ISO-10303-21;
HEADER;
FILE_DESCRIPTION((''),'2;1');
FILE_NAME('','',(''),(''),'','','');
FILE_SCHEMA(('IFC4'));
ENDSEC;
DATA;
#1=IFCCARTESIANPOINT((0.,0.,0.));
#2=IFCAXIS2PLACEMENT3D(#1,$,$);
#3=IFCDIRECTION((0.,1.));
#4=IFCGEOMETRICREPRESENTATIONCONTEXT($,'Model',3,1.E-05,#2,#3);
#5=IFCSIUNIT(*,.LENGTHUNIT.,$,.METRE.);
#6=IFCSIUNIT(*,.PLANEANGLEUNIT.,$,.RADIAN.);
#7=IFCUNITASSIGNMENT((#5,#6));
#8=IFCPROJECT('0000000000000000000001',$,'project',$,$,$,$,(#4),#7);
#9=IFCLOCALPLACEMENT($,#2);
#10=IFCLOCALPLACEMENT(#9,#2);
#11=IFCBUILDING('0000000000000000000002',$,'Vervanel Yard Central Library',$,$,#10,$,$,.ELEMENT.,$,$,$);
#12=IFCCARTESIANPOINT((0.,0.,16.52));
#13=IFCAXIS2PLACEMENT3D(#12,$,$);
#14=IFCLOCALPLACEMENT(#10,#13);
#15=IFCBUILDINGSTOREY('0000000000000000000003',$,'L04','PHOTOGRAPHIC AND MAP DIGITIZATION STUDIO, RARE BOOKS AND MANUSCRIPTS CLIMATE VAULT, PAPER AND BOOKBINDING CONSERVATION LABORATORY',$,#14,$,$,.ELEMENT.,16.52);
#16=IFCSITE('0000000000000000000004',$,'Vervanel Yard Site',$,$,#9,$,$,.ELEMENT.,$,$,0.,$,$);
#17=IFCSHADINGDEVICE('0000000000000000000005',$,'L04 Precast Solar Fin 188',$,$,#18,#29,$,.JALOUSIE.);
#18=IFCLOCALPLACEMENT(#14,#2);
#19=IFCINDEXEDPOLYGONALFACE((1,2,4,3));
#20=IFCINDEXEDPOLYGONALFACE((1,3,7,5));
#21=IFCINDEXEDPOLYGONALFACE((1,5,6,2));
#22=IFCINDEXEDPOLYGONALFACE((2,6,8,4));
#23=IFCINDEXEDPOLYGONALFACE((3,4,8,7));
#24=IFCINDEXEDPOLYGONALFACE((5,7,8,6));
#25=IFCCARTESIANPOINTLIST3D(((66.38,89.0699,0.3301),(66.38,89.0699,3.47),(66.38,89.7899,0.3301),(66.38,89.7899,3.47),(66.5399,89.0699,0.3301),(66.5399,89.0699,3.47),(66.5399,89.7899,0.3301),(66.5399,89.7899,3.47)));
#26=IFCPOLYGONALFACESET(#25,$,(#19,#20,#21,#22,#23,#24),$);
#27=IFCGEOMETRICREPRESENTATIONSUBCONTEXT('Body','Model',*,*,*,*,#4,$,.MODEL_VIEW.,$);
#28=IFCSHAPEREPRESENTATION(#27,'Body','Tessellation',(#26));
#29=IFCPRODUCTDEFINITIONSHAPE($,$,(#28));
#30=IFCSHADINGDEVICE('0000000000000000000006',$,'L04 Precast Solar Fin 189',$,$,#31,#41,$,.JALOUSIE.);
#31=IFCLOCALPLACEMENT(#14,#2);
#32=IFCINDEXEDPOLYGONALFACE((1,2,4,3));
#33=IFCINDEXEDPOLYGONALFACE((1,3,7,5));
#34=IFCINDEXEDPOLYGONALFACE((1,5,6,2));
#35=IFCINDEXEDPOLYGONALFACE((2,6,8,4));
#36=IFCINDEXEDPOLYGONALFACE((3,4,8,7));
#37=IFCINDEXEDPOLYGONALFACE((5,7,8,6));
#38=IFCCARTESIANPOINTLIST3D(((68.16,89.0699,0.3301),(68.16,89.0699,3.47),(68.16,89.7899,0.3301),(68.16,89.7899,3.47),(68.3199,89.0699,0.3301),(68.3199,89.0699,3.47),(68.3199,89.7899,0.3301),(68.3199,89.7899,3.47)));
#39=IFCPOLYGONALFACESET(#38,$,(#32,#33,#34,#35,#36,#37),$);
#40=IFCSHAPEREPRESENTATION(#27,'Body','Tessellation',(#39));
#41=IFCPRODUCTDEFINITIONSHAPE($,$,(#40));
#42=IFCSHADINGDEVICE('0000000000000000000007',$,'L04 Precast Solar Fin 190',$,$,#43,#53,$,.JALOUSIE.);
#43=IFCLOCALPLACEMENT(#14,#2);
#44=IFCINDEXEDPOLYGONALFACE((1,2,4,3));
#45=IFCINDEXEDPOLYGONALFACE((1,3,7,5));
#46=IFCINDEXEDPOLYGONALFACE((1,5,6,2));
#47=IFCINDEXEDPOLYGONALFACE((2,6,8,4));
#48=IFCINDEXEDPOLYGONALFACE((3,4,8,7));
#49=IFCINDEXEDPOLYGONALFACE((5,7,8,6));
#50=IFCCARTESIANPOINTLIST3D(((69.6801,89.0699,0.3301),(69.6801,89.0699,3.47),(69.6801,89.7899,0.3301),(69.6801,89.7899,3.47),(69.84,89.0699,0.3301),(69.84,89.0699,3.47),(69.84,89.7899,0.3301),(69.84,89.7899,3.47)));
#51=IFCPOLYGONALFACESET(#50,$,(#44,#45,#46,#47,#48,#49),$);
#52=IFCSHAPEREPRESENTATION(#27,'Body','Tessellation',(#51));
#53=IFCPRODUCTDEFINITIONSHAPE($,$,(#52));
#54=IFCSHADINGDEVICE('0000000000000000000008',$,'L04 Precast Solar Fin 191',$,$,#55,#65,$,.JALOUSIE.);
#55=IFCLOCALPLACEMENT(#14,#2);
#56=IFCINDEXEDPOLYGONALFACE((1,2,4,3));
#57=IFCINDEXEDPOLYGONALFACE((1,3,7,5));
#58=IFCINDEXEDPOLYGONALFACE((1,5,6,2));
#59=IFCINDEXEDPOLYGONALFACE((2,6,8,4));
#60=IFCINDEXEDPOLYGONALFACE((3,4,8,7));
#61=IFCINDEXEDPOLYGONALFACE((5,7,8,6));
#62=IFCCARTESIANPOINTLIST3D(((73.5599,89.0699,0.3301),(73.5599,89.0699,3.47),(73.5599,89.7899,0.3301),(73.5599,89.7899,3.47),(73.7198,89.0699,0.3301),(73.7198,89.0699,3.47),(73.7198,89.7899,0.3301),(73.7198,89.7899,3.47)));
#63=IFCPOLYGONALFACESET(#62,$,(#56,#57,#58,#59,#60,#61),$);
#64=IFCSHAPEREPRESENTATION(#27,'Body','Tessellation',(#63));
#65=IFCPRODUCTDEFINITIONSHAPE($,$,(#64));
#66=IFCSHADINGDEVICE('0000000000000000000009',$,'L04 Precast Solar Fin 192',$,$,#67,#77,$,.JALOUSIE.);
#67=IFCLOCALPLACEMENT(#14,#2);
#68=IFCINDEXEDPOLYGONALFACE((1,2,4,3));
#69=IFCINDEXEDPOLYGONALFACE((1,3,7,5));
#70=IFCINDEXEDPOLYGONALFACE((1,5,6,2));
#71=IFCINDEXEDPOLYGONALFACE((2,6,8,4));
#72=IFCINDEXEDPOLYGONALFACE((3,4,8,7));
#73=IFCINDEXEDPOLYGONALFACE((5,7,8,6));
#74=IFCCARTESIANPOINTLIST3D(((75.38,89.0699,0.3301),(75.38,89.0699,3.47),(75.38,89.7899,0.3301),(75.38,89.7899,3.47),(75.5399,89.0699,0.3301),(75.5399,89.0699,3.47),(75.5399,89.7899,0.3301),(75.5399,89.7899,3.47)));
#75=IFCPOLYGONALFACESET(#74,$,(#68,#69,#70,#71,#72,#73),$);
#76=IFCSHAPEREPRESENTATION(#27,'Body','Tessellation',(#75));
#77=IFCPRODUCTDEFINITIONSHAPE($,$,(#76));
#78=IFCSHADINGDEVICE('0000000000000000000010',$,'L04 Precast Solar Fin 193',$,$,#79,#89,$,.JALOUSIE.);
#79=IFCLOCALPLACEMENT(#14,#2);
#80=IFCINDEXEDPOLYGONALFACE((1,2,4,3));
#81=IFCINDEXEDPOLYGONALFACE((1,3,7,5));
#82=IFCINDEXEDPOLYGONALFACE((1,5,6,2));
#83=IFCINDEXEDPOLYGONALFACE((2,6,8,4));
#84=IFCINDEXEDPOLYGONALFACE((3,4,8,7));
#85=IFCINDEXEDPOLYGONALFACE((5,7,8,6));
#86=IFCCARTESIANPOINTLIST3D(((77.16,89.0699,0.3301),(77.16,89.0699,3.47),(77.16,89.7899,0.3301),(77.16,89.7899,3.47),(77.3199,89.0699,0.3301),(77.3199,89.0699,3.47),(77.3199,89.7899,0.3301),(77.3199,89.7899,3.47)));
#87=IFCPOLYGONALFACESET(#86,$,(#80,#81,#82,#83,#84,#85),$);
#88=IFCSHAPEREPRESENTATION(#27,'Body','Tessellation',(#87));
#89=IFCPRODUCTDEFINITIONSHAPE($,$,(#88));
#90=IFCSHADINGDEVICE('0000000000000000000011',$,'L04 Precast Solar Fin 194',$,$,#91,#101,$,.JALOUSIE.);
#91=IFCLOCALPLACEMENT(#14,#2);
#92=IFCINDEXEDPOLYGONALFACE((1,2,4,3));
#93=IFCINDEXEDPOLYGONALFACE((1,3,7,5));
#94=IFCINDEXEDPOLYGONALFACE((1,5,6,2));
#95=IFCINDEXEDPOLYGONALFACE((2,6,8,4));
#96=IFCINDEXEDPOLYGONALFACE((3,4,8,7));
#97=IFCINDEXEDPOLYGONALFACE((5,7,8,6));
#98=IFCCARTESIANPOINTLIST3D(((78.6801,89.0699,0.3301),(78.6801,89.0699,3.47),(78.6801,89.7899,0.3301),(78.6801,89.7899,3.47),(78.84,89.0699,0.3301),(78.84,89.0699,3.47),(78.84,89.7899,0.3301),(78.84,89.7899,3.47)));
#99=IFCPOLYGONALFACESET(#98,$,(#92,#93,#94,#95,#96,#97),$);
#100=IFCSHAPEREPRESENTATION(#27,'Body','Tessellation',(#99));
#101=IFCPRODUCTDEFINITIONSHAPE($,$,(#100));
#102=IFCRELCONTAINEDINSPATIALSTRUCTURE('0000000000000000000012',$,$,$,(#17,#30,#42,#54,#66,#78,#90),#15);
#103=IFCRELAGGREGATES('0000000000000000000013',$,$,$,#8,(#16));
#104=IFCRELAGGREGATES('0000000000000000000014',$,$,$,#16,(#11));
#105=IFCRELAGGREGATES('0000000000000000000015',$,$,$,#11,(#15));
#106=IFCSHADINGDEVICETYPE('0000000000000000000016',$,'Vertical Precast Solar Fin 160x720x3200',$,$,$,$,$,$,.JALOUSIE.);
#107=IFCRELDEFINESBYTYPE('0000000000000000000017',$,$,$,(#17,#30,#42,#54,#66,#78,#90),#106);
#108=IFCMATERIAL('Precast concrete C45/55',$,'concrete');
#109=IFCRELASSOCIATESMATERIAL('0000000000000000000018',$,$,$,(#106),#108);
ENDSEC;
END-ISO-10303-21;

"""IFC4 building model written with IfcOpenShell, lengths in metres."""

from ifc_helpers import new_model, si_unit, direction, frame, origin, origin_2d, place, context, subcontext, project, spatial, rectangle, extrude, material, type_object, element, save


model = new_model("IFC4")

# Units and contexts
model_context = context("Model", 3, precision=1e-05, world=origin(), true_north=direction((0.0, 1.0)))
body_context = subcontext(model_context, "Body", "Model", "MODEL_VIEW")
ifc_project = project(units=[si_unit("LENGTHUNIT", "METRE"), si_unit("PLANEANGLEUNIT", "RADIAN")], contexts=[model_context])

# Site, building, storey
site_placement = place(None, origin())
site = spatial("IfcSite", under=ifc_project, at=site_placement, Name="Vervanel Yard Site", CompositionType="ELEMENT", RefElevation=0.0)
building_placement = place(site_placement, origin())
building = spatial("IfcBuilding", under=site, at=building_placement, Name="Vervanel Yard Central Library", CompositionType="ELEMENT")
storey_placement = place(building_placement, frame((0.0, 0.0, 16.52)))
storey = spatial("IfcBuildingStorey", under=building, at=storey_placement, Name="L04", Description="PHOTOGRAPHIC AND MAP DIGITIZATION STUDIO, RARE BOOKS AND MANUSCRIPTS CLIMATE VAULT, PAPER AND BOOKBINDING CONSERVATION LABORATORY", CompositionType="ELEMENT", Elevation=16.52)

# Shading devices
ifc_material_1 = material(Name="Precast concrete C45/55", Category="concrete")
shading_device_type = type_object("IfcShadingDeviceType", Name="Vertical Precast Solar Fin 160x720x3200", PredefinedType="JALOUSIE", material=ifc_material_1)
for number, where, z_axis, x_axis, name in (
    (1, (66.46, 89.4299, 0.3301), (0.0, 0.0, 1.0), (1.0, 0.0, 0.0), "L04 Precast Solar Fin 188"),
    (2, (68.24, 89.4299, 0.3301), (0.0, 0.0, 1.0), (1.0, 0.0, 0.0), "L04 Precast Solar Fin 189"),
    (3, (69.76, 89.4299, 0.3301), (0.0, 0.0, 1.0), (1.0, 0.0, 0.0), "L04 Precast Solar Fin 190"),
    (4, (73.6399, 89.4299, 0.3301), (0.0, 0.0, 1.0), (1.0, 0.0, 0.0), "L04 Precast Solar Fin 191"),
    (5, (75.46, 89.4299, 0.3301), (0.0, 0.0, 1.0), (1.0, 0.0, 0.0), "L04 Precast Solar Fin 192"),
    (6, (77.24, 89.4299, 0.3301), (0.0, 0.0, 1.0), (1.0, 0.0, 0.0), "L04 Precast Solar Fin 193"),
    (7, (78.76, 89.4299, 0.3301), (0.0, 0.0, 1.0), (1.0, 0.0, 0.0), "L04 Precast Solar Fin 194"),
):
    element("IfcShadingDevice", number, at=place(storey_placement, frame(where, z_axis=z_axis, x_axis=x_axis)), inside=storey, type_object=shading_device_type, Name=name, PredefinedType="JALOUSIE", context=body_context, shape_type="SweptSolid", body=[
        extrude(rectangle(XDim=0.1599, YDim=0.72, at=origin_2d()), origin(), (0.0, 0.0, 1.0), 3.1399),
    ])

save(model, "model.ifc")
